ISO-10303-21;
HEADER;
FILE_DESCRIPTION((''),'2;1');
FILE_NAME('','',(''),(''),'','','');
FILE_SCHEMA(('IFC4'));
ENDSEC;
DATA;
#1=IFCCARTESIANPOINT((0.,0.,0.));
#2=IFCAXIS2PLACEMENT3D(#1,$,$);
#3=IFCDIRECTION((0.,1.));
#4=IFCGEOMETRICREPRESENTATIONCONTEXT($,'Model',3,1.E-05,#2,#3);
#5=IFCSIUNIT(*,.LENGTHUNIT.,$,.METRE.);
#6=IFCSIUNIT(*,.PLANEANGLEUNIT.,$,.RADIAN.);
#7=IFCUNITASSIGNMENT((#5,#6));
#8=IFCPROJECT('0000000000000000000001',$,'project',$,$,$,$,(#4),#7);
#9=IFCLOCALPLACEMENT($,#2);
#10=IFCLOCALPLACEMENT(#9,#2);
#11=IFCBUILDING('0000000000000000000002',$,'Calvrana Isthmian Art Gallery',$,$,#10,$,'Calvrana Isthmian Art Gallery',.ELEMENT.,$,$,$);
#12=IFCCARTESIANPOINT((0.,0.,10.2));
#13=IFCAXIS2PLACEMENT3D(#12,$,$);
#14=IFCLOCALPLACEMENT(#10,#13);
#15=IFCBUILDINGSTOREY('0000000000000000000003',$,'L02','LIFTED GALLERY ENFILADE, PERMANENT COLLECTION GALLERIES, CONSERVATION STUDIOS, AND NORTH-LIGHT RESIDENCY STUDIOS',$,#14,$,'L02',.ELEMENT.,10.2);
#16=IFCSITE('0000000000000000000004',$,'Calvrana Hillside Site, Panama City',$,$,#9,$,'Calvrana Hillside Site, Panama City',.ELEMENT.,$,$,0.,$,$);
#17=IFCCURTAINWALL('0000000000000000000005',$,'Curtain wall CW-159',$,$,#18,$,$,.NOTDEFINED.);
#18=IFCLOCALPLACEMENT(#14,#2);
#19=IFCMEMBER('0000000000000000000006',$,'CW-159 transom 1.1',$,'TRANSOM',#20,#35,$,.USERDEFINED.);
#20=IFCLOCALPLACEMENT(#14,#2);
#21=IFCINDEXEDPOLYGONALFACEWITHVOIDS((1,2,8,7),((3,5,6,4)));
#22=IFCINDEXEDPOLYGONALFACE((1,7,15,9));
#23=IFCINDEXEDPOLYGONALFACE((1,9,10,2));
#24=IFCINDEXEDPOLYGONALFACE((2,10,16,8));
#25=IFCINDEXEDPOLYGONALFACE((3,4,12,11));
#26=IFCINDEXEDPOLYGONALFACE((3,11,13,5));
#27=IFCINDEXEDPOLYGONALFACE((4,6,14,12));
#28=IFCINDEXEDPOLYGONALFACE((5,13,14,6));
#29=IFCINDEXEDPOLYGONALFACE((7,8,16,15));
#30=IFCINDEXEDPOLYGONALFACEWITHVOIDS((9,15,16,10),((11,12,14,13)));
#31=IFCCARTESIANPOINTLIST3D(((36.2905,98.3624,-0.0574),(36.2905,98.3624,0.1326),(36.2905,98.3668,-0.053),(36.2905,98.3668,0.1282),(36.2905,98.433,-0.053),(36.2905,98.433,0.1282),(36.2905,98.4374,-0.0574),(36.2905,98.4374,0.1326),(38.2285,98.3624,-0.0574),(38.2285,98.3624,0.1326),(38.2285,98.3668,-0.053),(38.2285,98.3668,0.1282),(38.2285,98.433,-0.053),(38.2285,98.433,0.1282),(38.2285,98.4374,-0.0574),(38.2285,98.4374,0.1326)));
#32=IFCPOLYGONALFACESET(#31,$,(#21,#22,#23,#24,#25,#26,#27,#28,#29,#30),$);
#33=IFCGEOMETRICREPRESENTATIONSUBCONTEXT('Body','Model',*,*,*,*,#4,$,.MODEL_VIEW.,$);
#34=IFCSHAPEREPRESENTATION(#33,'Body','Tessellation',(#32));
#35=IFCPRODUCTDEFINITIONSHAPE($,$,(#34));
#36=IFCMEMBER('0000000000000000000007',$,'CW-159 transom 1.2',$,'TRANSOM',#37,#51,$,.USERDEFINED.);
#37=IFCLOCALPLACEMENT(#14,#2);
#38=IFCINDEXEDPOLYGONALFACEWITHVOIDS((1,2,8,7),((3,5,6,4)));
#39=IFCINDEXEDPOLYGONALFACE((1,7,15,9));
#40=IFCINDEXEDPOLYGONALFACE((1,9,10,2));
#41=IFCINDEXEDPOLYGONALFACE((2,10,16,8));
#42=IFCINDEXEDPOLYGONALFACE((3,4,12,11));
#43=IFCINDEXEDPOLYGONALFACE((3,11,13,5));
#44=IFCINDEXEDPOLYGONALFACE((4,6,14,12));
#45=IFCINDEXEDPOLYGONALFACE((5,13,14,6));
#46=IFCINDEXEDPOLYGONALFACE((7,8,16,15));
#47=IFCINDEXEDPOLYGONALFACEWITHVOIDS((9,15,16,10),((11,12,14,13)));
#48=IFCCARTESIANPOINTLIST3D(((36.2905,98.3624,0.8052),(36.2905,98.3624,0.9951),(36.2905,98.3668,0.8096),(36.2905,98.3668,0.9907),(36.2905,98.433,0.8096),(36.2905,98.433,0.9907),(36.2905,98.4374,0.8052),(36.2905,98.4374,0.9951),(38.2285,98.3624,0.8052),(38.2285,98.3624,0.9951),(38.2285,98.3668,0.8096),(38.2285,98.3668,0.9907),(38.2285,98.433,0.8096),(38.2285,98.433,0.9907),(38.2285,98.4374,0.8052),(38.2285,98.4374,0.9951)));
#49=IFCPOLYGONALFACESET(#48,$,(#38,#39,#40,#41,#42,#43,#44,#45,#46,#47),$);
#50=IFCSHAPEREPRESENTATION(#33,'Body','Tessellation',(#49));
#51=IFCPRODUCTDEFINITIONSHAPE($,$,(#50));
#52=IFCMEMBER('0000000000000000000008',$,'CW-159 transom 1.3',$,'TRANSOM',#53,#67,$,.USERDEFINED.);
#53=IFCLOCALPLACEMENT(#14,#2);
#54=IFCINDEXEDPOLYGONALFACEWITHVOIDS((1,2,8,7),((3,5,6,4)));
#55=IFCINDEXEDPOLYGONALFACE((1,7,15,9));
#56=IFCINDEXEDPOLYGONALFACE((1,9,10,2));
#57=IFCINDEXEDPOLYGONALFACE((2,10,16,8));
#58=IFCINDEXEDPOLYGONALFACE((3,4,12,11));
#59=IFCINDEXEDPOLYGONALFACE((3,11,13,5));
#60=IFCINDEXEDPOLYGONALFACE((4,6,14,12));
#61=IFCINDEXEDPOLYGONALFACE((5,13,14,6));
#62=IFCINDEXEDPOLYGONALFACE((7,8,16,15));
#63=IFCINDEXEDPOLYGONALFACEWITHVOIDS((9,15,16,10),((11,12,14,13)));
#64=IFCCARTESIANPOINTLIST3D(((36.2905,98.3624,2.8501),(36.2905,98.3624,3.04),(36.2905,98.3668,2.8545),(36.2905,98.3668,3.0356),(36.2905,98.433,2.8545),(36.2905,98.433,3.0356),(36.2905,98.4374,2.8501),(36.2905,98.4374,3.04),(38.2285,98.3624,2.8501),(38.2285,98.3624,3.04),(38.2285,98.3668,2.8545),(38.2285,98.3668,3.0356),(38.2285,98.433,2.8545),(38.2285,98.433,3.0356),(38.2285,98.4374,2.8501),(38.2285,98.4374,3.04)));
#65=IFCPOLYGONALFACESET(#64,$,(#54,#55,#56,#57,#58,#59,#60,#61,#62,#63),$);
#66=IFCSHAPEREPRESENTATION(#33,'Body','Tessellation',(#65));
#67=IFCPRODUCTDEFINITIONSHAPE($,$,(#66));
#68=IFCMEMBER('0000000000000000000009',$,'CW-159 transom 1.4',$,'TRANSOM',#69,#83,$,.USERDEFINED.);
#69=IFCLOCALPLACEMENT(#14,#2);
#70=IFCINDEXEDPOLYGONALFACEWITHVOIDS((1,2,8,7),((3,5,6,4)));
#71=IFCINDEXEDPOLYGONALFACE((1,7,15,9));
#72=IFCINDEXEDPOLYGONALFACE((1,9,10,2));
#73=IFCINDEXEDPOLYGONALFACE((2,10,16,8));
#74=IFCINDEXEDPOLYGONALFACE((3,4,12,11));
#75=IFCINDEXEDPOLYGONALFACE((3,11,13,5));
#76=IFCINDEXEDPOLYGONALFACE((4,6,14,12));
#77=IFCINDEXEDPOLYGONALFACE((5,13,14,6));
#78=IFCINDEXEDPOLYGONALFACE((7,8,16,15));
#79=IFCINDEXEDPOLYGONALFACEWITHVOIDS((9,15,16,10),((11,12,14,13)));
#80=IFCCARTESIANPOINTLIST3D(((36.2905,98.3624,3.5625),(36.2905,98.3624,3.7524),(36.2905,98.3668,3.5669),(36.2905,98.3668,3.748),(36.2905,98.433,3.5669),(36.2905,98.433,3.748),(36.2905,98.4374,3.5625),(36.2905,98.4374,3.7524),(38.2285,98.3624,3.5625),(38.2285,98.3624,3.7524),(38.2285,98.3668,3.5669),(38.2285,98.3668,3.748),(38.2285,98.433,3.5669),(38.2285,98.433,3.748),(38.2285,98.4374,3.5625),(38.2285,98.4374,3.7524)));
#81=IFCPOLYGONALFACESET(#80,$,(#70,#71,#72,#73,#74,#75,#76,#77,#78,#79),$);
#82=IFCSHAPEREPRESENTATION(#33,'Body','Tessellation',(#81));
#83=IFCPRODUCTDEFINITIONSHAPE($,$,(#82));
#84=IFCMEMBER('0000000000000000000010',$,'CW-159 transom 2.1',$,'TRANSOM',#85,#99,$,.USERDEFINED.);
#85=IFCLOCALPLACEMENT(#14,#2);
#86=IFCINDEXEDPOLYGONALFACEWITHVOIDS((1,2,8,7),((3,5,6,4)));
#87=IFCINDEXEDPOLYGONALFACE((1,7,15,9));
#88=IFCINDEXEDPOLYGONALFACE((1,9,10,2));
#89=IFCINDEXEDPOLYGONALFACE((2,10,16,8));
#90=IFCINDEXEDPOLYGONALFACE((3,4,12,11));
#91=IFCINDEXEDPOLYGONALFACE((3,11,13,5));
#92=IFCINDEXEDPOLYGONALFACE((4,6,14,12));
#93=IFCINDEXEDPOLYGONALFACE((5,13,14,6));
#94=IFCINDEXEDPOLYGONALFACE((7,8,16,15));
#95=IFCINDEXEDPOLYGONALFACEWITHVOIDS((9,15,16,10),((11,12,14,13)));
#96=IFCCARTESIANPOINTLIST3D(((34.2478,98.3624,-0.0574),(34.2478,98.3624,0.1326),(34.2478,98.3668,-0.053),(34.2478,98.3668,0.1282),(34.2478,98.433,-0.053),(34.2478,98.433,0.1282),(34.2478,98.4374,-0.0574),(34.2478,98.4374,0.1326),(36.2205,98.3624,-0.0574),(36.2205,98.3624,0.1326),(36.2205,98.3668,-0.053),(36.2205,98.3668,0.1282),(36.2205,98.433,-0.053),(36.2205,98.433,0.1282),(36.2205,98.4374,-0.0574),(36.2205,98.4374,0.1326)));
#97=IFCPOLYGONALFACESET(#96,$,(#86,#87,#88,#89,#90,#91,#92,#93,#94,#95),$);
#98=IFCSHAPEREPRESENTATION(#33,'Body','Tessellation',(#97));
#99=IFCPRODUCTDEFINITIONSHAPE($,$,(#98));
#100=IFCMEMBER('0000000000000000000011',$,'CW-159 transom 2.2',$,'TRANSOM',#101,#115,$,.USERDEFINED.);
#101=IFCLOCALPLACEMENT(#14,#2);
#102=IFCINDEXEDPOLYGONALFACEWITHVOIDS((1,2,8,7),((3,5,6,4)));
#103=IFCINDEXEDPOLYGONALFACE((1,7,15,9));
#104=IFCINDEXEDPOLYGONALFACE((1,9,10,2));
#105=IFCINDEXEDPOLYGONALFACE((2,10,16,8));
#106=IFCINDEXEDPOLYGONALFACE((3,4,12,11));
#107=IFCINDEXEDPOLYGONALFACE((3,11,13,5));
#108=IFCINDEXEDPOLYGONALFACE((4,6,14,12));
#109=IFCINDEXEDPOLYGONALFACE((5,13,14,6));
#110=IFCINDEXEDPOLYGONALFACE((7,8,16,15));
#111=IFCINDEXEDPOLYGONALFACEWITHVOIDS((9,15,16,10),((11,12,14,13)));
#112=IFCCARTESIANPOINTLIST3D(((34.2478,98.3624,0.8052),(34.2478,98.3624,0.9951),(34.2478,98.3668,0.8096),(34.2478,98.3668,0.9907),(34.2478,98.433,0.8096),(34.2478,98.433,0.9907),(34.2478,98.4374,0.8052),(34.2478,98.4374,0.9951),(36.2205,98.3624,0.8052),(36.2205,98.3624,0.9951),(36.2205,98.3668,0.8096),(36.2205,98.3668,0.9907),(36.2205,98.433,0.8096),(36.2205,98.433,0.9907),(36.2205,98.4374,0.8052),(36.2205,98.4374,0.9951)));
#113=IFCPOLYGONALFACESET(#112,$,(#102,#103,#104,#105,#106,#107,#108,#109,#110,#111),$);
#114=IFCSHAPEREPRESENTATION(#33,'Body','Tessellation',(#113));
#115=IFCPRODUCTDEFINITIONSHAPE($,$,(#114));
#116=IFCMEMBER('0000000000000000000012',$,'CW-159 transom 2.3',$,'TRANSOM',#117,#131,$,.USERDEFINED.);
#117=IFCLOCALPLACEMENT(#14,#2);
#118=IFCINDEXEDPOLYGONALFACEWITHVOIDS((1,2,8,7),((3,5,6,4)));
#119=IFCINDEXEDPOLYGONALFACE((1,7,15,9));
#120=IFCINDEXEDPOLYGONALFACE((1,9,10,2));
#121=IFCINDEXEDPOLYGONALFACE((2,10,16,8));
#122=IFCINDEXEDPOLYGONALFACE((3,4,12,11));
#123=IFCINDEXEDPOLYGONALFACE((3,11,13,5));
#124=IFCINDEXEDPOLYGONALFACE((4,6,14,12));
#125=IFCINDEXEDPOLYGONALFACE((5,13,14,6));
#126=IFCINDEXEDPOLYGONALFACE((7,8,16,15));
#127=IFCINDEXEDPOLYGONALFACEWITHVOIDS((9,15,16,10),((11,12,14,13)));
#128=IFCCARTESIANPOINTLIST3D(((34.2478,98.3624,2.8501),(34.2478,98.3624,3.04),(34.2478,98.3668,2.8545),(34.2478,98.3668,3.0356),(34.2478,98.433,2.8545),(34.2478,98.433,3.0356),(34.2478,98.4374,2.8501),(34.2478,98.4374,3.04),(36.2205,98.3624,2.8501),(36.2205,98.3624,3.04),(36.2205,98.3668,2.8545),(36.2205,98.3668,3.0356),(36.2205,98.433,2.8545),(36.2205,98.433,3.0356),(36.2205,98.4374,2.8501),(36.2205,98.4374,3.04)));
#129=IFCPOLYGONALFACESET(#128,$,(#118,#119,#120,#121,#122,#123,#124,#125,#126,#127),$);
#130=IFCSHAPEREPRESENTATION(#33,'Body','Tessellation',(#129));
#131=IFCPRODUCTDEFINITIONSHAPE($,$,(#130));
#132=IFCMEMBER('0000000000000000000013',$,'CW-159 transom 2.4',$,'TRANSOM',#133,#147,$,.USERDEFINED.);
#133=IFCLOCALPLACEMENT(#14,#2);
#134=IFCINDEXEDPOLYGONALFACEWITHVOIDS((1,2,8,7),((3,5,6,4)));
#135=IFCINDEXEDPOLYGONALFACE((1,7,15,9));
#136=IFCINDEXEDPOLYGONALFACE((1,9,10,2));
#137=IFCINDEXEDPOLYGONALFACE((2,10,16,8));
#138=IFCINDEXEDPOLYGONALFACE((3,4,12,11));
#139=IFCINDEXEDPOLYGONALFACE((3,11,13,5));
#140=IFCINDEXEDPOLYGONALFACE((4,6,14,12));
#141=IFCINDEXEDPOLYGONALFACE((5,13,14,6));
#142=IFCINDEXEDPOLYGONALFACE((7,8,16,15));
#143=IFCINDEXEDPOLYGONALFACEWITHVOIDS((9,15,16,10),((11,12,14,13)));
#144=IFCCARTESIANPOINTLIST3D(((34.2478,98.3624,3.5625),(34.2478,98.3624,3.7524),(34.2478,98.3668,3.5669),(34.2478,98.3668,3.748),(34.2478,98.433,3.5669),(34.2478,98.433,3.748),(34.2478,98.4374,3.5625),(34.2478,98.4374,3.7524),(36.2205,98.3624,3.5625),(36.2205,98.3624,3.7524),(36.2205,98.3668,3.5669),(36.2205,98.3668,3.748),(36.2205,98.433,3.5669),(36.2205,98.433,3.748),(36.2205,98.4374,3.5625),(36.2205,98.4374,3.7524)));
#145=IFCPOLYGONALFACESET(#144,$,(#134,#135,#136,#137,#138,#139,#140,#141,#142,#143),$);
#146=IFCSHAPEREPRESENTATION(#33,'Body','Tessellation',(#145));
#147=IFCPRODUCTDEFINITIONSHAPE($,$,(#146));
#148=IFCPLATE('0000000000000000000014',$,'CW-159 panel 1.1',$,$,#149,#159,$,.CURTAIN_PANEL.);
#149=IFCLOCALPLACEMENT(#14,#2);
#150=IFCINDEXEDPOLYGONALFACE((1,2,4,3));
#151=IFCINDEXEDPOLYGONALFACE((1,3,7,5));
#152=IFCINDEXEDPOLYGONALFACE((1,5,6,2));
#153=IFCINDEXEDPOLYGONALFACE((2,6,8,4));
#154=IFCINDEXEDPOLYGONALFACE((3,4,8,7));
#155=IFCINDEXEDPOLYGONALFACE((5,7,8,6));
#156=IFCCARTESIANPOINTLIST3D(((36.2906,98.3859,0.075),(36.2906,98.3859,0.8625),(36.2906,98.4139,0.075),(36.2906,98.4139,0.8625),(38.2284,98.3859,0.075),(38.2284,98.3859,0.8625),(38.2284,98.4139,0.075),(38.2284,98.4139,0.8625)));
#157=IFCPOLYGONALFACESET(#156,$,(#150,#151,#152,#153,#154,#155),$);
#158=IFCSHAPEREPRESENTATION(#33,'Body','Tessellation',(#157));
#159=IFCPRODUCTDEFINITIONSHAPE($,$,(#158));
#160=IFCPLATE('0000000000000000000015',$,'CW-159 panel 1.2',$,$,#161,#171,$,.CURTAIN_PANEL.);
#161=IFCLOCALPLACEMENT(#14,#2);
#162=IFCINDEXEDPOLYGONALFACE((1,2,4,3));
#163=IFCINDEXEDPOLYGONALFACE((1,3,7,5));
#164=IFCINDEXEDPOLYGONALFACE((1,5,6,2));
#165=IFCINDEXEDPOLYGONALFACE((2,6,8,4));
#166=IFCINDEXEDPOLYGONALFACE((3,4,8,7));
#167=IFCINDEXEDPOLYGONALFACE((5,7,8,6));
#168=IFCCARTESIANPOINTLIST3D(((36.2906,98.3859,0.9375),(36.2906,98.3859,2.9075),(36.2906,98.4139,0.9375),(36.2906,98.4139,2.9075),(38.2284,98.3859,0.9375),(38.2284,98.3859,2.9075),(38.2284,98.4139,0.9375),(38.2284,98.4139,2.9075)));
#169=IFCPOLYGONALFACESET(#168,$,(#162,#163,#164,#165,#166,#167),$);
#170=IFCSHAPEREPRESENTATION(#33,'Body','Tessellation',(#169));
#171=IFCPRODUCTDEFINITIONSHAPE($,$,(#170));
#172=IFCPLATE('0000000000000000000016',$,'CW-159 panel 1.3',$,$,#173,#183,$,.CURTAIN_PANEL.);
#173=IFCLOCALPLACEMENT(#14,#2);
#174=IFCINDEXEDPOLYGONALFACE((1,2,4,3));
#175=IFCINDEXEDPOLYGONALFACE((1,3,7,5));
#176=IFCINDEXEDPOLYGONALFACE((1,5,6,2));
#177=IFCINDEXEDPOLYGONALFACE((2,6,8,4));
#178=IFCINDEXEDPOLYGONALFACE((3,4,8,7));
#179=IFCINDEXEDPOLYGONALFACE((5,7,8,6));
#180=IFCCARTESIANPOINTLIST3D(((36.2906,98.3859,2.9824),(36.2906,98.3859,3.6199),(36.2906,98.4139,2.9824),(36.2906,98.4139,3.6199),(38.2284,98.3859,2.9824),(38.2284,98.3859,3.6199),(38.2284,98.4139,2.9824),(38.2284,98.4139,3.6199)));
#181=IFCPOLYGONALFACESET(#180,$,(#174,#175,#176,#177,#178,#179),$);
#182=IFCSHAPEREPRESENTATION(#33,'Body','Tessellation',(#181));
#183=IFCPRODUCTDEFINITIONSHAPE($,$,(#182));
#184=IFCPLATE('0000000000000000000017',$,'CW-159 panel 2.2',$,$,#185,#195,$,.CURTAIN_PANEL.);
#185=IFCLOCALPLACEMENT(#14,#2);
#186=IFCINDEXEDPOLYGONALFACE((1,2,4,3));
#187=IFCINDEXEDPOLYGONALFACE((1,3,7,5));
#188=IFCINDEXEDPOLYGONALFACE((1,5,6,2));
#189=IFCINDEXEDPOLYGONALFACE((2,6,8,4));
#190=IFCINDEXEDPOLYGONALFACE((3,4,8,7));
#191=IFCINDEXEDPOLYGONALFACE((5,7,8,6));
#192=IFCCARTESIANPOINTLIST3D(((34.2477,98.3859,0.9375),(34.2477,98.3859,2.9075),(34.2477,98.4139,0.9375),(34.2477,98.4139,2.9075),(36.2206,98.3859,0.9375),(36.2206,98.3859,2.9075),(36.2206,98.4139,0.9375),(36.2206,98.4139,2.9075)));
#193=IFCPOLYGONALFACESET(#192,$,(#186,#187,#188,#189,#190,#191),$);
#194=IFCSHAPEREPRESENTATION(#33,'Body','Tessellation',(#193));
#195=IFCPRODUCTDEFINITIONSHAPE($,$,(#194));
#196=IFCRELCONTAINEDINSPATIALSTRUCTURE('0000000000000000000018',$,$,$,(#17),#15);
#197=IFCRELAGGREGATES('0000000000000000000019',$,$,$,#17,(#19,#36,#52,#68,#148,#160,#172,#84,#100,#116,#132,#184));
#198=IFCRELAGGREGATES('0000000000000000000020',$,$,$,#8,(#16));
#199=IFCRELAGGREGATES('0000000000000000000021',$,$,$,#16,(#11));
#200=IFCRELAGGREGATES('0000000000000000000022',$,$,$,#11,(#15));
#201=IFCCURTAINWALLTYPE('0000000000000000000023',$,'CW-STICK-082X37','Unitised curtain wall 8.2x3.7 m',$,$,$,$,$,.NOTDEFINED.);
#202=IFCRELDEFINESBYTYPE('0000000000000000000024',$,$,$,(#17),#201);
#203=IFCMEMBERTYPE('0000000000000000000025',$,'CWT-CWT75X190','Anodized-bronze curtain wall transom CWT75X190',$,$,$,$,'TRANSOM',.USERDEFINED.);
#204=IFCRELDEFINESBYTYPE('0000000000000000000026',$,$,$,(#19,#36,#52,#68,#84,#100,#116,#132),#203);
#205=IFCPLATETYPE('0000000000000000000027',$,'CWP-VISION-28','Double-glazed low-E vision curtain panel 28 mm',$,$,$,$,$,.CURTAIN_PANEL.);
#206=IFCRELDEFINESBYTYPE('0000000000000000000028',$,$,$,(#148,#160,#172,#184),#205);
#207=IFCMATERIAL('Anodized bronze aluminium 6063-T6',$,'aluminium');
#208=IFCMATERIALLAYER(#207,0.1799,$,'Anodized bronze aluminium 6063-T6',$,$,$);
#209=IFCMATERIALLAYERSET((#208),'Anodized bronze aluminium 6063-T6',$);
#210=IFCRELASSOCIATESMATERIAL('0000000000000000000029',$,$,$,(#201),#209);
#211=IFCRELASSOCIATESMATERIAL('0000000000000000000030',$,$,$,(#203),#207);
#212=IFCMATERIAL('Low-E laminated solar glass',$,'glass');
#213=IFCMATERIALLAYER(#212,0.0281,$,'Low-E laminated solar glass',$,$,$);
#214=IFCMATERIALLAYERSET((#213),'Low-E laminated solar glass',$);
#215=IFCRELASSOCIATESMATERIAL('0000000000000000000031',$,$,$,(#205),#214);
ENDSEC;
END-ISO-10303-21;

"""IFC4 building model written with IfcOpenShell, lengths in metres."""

from ifc_helpers import new_model, si_unit, direction, frame, origin, origin_2d, place, context, subcontext, project, spatial, rectangle, hollow_rectangle, extrude, material, layer, layer_set, material_profile, profile_set, type_object, element, aggregate, save


model = new_model("IFC4")

# Units and contexts
model_context = context("Model", 3, precision=1e-05, world=origin(), true_north=direction((0.0, 1.0)))
body_context = subcontext(model_context, "Body", "Model", "MODEL_VIEW")
ifc_project = project(units=[si_unit("LENGTHUNIT", "METRE"), si_unit("PLANEANGLEUNIT", "RADIAN")], contexts=[model_context])

# Site, building, storey
site_placement = place(None, origin())
site = spatial("IfcSite", under=ifc_project, at=site_placement, Name="Calvrana Hillside Site, Panama City", LongName="Calvrana Hillside Site, Panama City", CompositionType="ELEMENT", RefElevation=0.0)
building_placement = place(site_placement, origin())
building = spatial("IfcBuilding", under=site, at=building_placement, Name="Calvrana Isthmian Art Gallery", LongName="Calvrana Isthmian Art Gallery", CompositionType="ELEMENT")
storey_placement = place(building_placement, frame((0.0, 0.0, 10.2)))
storey = spatial("IfcBuildingStorey", under=building, at=storey_placement, Name="L02", Description="LIFTED GALLERY ENFILADE, PERMANENT COLLECTION GALLERIES, CONSERVATION STUDIOS, AND NORTH-LIGHT RESIDENCY STUDIOS", LongName="L02", CompositionType="ELEMENT", Elevation=10.2)

# Curtain wall, members, plates
ifc_material_1 = material(Name="Anodized bronze aluminium 6063-T6", Category="aluminium")
ifc_layer_1 = layer(ifc_material_1, 0.1799, Name="Anodized bronze aluminium 6063-T6")
ifc_layer_set_1 = layer_set([ifc_layer_1], Name="Anodized bronze aluminium 6063-T6")
curtain_wall_type = type_object("IfcCurtainWallType", Name="CW-STICK-082X37", Description="Unitised curtain wall 8.2x3.7 m", PredefinedType="NOTDEFINED", material=ifc_layer_set_1)
curtain_wall_placement = place(storey_placement, origin())
curtain_wall = element("IfcCurtainWall", 1, at=curtain_wall_placement, inside=storey, type_object=curtain_wall_type, Name="Curtain wall CW-159", PredefinedType="NOTDEFINED")
ifc_material_profile_1 = material_profile(ifc_material_1, hollow_rectangle(XDim=0.075, YDim=0.1899, WallThickness=0.0044, at=origin_2d()), Name="CWT75X190")
ifc_profile_set_1 = profile_set([ifc_material_profile_1], Name="Anodized bronze aluminium 6063-T6")
member_type_1 = type_object("IfcMemberType", Name="CWT-CWT75X190", Description="Anodized-bronze curtain wall transom CWT75X190", ElementType="TRANSOM", PredefinedType="USERDEFINED", material=ifc_profile_set_1)
member_1_placement = place(storey_placement, frame((38.2285, 98.3999, 0.0376), z_axis=(-1.0, 0.0, 0.0), x_axis=(0.0, -1.0, 0.0)))
member_1 = element("IfcMember", 2, at=member_1_placement, type_object=member_type_1, Name="CW-159 transom 1.1", ObjectType="TRANSOM", PredefinedType="USERDEFINED", context=body_context, shape_type="SweptSolid", body=[
    extrude(hollow_rectangle(XDim=0.075, YDim=0.1899, WallThickness=0.0044, at=origin_2d()), origin(), (0.0, 0.0, 1.0), 1.938),
])
member_2_placement = place(storey_placement, frame((38.2285, 98.3999, 0.9001), z_axis=(-1.0, 0.0, 0.0), x_axis=(0.0, -1.0, 0.0)))
member_2 = element("IfcMember", 3, at=member_2_placement, type_object=member_type_1, Name="CW-159 transom 1.2", ObjectType="TRANSOM", PredefinedType="USERDEFINED", context=body_context, shape_type="SweptSolid", body=[
    extrude(hollow_rectangle(XDim=0.075, YDim=0.1899, WallThickness=0.0044, at=origin_2d()), origin(), (0.0, 0.0, 1.0), 1.938),
])
member_3_placement = place(storey_placement, frame((38.2285, 98.3999, 2.9451), z_axis=(-1.0, 0.0, 0.0), x_axis=(0.0, -1.0, 0.0)))
member_3 = element("IfcMember", 4, at=member_3_placement, type_object=member_type_1, Name="CW-159 transom 1.3", ObjectType="TRANSOM", PredefinedType="USERDEFINED", context=body_context, shape_type="SweptSolid", body=[
    extrude(hollow_rectangle(XDim=0.075, YDim=0.1899, WallThickness=0.0044, at=origin_2d()), origin(), (0.0, 0.0, 1.0), 1.938),
])
member_4_placement = place(storey_placement, frame((38.2285, 98.3999, 3.6575), z_axis=(-1.0, 0.0, 0.0), x_axis=(0.0, -1.0, 0.0)))
member_4 = element("IfcMember", 5, at=member_4_placement, type_object=member_type_1, Name="CW-159 transom 1.4", ObjectType="TRANSOM", PredefinedType="USERDEFINED", context=body_context, shape_type="SweptSolid", body=[
    extrude(hollow_rectangle(XDim=0.075, YDim=0.1899, WallThickness=0.0044, at=origin_2d()), origin(), (0.0, 0.0, 1.0), 1.938),
])
member_5_placement = place(storey_placement, frame((36.2205, 98.3999, 0.0376), z_axis=(-1.0, 0.0, 0.0), x_axis=(0.0, -1.0, 0.0)))
member_5 = element("IfcMember", 6, at=member_5_placement, type_object=member_type_1, Name="CW-159 transom 2.1", ObjectType="TRANSOM", PredefinedType="USERDEFINED", context=body_context, shape_type="SweptSolid", body=[
    extrude(hollow_rectangle(XDim=0.075, YDim=0.1899, WallThickness=0.0044, at=origin_2d()), origin(), (0.0, 0.0, 1.0), 1.9727),
])
member_6_placement = place(storey_placement, frame((36.2205, 98.3999, 0.9001), z_axis=(-1.0, 0.0, 0.0), x_axis=(0.0, -1.0, 0.0)))
member_6 = element("IfcMember", 7, at=member_6_placement, type_object=member_type_1, Name="CW-159 transom 2.2", ObjectType="TRANSOM", PredefinedType="USERDEFINED", context=body_context, shape_type="SweptSolid", body=[
    extrude(hollow_rectangle(XDim=0.075, YDim=0.1899, WallThickness=0.0044, at=origin_2d()), origin(), (0.0, 0.0, 1.0), 1.9727),
])
member_7_placement = place(storey_placement, frame((36.2205, 98.3999, 2.9451), z_axis=(-1.0, 0.0, 0.0), x_axis=(0.0, -1.0, 0.0)))
member_7 = element("IfcMember", 8, at=member_7_placement, type_object=member_type_1, Name="CW-159 transom 2.3", ObjectType="TRANSOM", PredefinedType="USERDEFINED", context=body_context, shape_type="SweptSolid", body=[
    extrude(hollow_rectangle(XDim=0.075, YDim=0.1899, WallThickness=0.0044, at=origin_2d()), origin(), (0.0, 0.0, 1.0), 1.9727),
])
member_8_placement = place(storey_placement, frame((36.2205, 98.3999, 3.6575), z_axis=(-1.0, 0.0, 0.0), x_axis=(0.0, -1.0, 0.0)))
member_8 = element("IfcMember", 9, at=member_8_placement, type_object=member_type_1, Name="CW-159 transom 2.4", ObjectType="TRANSOM", PredefinedType="USERDEFINED", context=body_context, shape_type="SweptSolid", body=[
    extrude(hollow_rectangle(XDim=0.075, YDim=0.1899, WallThickness=0.0044, at=origin_2d()), origin(), (0.0, 0.0, 1.0), 1.9727),
])
ifc_material_2 = material(Name="Low-E laminated solar glass", Category="glass")
ifc_layer_2 = layer(ifc_material_2, 0.0281, Name="Low-E laminated solar glass")
ifc_layer_set_2 = layer_set([ifc_layer_2], Name="Low-E laminated solar glass")
plate_type_1 = type_object("IfcPlateType", Name="CWP-VISION-28", Description="Double-glazed low-E vision curtain panel 28 mm", PredefinedType="CURTAIN_PANEL", material=ifc_layer_set_2)
plate_1_placement = place(storey_placement, frame((37.2595, 98.3999, 0.075), z_axis=(0.0, 0.0, 1.0), x_axis=(-1.0, 0.0, 0.0)))
plate_1 = element("IfcPlate", 10, at=plate_1_placement, type_object=plate_type_1, Name="CW-159 panel 1.1", PredefinedType="CURTAIN_PANEL", context=body_context, shape_type="SweptSolid", body=[
    extrude(rectangle(XDim=1.9377, YDim=0.0281, at=origin_2d()), origin(), (0.0, 0.0, 1.0), 0.7876),
])
plate_2_placement = place(storey_placement, frame((37.2595, 98.3999, 0.9375), z_axis=(0.0, 0.0, 1.0), x_axis=(-1.0, 0.0, 0.0)))
plate_2 = element("IfcPlate", 11, at=plate_2_placement, type_object=plate_type_1, Name="CW-159 panel 1.2", PredefinedType="CURTAIN_PANEL", context=body_context, shape_type="SweptSolid", body=[
    extrude(rectangle(XDim=1.9377, YDim=0.0281, at=origin_2d()), origin(), (0.0, 0.0, 1.0), 1.97),
])
plate_3_placement = place(storey_placement, frame((37.2595, 98.3999, 2.9824), z_axis=(0.0, 0.0, 1.0), x_axis=(-1.0, 0.0, 0.0)))
plate_3 = element("IfcPlate", 12, at=plate_3_placement, type_object=plate_type_1, Name="CW-159 panel 1.3", PredefinedType="CURTAIN_PANEL", context=body_context, shape_type="SweptSolid", body=[
    extrude(rectangle(XDim=1.9377, YDim=0.0281, at=origin_2d()), origin(), (0.0, 0.0, 1.0), 0.6375),
])
plate_4_placement = place(storey_placement, frame((35.2341, 98.3999, 0.9375), z_axis=(0.0, 0.0, 1.0), x_axis=(-1.0, 0.0, 0.0)))
plate_4 = element("IfcPlate", 13, at=plate_4_placement, type_object=plate_type_1, Name="CW-159 panel 2.2", PredefinedType="CURTAIN_PANEL", context=body_context, shape_type="SweptSolid", body=[
    extrude(rectangle(XDim=1.9729, YDim=0.0281, at=origin_2d()), origin(), (0.0, 0.0, 1.0), 1.97),
])
aggregate(curtain_wall, [member_1, member_2, member_3, member_4, plate_1, plate_2, plate_3, member_5, member_6, member_7, member_8, plate_4])

save(model, "model.ifc")
